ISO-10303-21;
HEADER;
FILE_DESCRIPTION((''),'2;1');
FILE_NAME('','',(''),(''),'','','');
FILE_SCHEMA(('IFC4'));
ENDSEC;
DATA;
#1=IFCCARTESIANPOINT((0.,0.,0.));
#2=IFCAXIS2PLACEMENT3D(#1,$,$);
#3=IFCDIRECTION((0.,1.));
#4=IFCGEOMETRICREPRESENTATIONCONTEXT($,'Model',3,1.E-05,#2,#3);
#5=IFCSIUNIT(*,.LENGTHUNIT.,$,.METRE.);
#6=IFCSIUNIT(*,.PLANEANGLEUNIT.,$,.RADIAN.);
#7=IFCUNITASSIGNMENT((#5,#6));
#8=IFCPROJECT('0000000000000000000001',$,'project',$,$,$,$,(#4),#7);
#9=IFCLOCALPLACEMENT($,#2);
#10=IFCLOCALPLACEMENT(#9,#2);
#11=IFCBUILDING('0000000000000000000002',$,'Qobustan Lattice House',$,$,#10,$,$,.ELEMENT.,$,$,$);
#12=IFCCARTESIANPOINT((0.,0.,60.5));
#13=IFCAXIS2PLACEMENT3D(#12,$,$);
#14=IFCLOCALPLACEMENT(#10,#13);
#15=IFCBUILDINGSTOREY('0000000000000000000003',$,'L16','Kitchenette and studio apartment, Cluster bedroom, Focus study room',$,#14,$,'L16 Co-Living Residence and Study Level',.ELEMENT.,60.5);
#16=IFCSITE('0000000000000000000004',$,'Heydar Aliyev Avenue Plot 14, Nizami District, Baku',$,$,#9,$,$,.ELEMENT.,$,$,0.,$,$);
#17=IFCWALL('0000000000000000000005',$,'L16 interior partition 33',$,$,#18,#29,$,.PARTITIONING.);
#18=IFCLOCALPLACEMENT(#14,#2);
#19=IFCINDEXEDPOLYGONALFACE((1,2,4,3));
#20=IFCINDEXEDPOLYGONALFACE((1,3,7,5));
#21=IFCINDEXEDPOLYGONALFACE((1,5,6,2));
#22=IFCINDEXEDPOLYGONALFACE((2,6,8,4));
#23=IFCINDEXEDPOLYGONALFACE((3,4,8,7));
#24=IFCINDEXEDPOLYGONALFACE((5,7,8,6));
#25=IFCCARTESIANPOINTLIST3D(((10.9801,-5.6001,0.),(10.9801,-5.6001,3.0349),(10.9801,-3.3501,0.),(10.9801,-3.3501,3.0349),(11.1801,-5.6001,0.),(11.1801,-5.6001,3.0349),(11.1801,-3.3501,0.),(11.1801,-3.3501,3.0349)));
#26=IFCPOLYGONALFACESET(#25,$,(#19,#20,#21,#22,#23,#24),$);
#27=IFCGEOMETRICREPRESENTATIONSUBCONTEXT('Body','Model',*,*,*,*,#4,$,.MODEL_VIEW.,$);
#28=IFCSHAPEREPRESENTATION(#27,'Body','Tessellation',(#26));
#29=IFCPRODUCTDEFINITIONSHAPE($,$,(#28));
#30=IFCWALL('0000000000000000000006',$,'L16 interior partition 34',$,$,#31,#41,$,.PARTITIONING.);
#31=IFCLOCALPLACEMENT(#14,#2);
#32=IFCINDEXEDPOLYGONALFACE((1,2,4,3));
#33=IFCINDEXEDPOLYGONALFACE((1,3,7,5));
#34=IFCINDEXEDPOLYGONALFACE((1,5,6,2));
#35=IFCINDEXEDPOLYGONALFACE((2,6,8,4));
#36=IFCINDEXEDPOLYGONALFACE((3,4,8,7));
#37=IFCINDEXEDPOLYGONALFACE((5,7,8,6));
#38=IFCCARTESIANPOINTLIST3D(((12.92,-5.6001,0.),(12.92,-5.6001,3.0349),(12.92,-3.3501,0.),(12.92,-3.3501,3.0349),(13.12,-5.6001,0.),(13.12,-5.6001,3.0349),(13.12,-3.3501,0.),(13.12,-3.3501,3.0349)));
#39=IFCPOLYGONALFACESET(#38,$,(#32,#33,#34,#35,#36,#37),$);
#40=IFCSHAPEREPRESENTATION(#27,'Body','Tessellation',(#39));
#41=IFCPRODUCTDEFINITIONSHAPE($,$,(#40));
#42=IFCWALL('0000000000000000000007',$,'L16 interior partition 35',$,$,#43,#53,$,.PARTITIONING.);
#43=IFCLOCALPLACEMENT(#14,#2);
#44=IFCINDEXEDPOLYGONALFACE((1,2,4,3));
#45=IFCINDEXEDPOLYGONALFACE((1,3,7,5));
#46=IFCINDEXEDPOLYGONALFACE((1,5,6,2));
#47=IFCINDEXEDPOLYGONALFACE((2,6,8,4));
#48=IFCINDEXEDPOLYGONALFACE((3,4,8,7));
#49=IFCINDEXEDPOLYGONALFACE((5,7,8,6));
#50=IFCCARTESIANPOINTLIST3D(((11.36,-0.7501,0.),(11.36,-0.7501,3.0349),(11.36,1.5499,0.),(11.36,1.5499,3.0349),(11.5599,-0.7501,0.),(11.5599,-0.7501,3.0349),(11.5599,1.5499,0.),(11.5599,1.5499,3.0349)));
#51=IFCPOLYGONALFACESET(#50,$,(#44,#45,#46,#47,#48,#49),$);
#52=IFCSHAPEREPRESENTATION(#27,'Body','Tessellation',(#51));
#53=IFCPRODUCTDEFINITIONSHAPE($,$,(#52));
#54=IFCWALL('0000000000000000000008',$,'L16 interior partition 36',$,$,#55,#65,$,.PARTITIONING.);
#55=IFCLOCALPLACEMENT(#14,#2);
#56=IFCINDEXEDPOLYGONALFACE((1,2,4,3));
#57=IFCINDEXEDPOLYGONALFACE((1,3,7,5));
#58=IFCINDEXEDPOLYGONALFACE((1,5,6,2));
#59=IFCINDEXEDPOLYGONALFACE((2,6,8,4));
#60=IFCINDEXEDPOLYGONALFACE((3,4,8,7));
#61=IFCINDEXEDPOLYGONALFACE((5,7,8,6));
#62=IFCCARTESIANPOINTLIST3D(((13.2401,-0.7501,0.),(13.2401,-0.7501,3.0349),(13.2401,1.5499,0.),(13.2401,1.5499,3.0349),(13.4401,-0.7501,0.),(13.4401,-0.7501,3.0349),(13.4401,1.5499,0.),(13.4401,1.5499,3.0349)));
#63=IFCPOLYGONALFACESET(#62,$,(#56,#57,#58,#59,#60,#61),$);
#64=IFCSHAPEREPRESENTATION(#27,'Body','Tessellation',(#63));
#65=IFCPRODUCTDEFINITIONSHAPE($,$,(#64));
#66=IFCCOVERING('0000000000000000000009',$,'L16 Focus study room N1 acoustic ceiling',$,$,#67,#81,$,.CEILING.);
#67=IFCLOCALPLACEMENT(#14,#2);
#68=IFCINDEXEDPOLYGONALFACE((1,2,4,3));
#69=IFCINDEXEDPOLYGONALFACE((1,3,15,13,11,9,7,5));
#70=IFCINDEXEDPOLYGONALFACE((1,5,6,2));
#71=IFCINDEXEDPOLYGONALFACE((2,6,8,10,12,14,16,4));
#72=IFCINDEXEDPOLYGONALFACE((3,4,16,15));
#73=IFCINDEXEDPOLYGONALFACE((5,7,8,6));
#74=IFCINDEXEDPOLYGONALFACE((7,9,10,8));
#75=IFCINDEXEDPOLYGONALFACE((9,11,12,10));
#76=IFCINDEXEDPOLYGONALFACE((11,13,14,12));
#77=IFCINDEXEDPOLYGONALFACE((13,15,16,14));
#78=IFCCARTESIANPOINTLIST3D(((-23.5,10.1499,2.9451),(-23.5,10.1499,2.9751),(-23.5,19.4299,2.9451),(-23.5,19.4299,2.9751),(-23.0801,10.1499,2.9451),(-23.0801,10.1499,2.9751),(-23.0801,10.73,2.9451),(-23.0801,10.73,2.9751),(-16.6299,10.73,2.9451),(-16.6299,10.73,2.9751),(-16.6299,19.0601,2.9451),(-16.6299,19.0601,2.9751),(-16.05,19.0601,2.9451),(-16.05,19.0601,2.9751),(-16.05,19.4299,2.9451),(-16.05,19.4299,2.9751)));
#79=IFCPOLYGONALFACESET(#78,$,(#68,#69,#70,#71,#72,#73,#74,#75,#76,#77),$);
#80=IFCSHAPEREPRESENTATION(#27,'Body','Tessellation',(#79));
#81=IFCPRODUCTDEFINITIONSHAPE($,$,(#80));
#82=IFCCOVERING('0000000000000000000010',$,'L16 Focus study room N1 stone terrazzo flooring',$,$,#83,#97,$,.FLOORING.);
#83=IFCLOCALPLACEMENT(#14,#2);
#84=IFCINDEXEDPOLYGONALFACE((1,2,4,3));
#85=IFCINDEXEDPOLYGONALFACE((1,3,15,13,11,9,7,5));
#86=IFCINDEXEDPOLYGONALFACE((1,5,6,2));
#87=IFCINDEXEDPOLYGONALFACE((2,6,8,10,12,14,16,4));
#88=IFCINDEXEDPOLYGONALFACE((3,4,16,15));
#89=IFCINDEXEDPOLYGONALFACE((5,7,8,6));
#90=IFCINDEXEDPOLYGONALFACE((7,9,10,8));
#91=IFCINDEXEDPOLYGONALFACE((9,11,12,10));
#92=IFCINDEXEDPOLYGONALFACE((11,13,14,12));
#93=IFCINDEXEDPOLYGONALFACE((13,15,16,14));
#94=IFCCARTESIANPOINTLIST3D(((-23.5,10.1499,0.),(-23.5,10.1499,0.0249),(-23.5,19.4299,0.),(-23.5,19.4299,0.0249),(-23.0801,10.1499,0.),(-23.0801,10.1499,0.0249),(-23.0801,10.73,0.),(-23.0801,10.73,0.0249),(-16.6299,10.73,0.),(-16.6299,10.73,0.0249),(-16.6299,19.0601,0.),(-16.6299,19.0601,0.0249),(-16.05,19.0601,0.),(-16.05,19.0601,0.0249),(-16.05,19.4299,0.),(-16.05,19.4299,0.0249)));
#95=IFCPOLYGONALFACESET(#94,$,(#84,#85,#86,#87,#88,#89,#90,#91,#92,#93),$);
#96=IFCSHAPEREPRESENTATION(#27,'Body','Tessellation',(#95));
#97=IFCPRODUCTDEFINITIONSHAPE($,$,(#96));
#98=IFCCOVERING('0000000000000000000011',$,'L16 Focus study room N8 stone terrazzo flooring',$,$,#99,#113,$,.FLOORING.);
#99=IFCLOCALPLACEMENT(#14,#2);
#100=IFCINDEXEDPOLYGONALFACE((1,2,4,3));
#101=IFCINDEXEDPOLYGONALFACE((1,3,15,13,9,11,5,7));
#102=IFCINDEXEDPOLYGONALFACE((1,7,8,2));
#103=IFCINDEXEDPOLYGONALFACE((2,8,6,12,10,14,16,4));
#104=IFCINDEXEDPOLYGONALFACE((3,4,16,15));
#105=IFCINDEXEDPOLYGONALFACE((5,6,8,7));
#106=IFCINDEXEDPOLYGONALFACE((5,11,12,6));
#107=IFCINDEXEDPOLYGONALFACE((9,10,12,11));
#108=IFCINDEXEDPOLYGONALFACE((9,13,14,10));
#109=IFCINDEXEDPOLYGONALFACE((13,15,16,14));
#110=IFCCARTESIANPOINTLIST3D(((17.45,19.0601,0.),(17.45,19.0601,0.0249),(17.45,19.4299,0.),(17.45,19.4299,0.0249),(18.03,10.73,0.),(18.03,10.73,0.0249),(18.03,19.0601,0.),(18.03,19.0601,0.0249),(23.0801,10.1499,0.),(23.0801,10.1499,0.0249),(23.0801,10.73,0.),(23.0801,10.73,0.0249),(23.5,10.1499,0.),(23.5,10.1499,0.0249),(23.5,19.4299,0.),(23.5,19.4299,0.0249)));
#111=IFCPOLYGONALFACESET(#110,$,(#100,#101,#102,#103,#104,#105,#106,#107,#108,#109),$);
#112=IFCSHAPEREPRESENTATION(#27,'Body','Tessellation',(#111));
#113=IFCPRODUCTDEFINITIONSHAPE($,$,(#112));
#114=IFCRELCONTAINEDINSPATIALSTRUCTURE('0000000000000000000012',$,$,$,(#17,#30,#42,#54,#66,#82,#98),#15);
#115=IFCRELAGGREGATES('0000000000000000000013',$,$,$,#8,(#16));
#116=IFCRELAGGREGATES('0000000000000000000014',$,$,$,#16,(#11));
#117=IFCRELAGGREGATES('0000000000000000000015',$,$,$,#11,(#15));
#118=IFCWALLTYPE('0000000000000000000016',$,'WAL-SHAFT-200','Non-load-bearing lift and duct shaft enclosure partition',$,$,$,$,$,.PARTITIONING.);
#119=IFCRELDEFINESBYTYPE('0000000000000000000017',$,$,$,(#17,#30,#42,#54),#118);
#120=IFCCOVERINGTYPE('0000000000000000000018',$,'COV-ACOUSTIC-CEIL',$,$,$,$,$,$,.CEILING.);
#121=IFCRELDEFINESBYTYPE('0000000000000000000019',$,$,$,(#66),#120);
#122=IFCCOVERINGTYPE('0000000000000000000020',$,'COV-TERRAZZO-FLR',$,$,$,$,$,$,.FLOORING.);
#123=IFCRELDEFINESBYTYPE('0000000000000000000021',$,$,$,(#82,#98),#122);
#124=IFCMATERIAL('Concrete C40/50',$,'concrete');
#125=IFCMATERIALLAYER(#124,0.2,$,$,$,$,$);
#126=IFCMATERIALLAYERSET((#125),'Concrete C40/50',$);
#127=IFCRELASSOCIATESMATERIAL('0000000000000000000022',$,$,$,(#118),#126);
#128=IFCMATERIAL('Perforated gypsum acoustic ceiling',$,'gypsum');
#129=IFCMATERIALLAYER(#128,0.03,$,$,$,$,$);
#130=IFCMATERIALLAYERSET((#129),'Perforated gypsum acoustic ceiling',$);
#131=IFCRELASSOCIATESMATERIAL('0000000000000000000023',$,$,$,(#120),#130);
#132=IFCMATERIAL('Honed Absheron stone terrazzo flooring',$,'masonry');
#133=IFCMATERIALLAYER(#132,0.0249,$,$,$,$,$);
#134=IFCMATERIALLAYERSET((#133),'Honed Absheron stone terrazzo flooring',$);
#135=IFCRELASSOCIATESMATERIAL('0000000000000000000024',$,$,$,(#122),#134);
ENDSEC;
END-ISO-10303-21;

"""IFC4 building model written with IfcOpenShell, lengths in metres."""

from ifc_helpers import new_model, si_unit, direction, frame, frame_2d, origin, place, context, subcontext, project, spatial, polyline, rectangle, outline, extrude, material, layer, layer_set, type_object, element, save


model = new_model("IFC4")

# Units and contexts
model_context = context("Model", 3, precision=1e-05, world=origin(), true_north=direction((0.0, 1.0)))
body_context = subcontext(model_context, "Body", "Model", "MODEL_VIEW")
ifc_project = project(units=[si_unit("LENGTHUNIT", "METRE"), si_unit("PLANEANGLEUNIT", "RADIAN")], contexts=[model_context])

# Site, building, storey
site_placement = place(None, origin())
site = spatial("IfcSite", under=ifc_project, at=site_placement, Name="Heydar Aliyev Avenue Plot 14, Nizami District, Baku", CompositionType="ELEMENT", RefElevation=0.0)
building_placement = place(site_placement, origin())
building = spatial("IfcBuilding", under=site, at=building_placement, Name="Qobustan Lattice House", CompositionType="ELEMENT")
storey_placement = place(building_placement, frame((0.0, 0.0, 60.5)))
storey = spatial("IfcBuildingStorey", under=building, at=storey_placement, Name="L16", Description="Kitchenette and studio apartment, Cluster bedroom, Focus study room", LongName="L16 Co-Living Residence and Study Level", CompositionType="ELEMENT", Elevation=60.5)

# Walls
ifc_material_1 = material(Name="Concrete C40/50", Category="concrete")
ifc_layer_1 = layer(ifc_material_1, 0.2)
ifc_layer_set_1 = layer_set([ifc_layer_1], Name="Concrete C40/50")
wall_type_1 = type_object("IfcWallType", Name="WAL-SHAFT-200", Description="Non-load-bearing lift and duct shaft enclosure partition", PredefinedType="PARTITIONING", material=ifc_layer_set_1)
for number, where, z_axis, x_axis, name in (
    (1, (11.0801, -5.6001, 0.0), (0.0, 0.0, 1.0), (0.0, 1.0, 0.0), "L16 interior partition 33"),
    (2, (13.02, -5.6001, 0.0), (0.0, 0.0, 1.0), (0.0, 1.0, 0.0), "L16 interior partition 34"),
):
    element("IfcWall", number, at=place(storey_placement, frame(where, z_axis=z_axis, x_axis=x_axis)), inside=storey, type_object=wall_type_1, Name=name, PredefinedType="PARTITIONING", context=body_context, shape_type="SweptSolid", body=[
        extrude(rectangle(XDim=2.25, YDim=0.2, at=frame_2d((1.125, 0.0))), origin(), (0.0, 0.0, 1.0), 3.0349),
    ])
for number, where, z_axis, x_axis, name in (
    (3, (11.46, -0.75, 0.0), (0.0, 0.0, 1.0), (0.0, 1.0, 0.0), "L16 interior partition 35"),
    (4, (13.3401, -0.75, 0.0), (0.0, 0.0, 1.0), (0.0, 1.0, 0.0), "L16 interior partition 36"),
):
    element("IfcWall", number, at=place(storey_placement, frame(where, z_axis=z_axis, x_axis=x_axis)), inside=storey, type_object=wall_type_1, Name=name, PredefinedType="PARTITIONING", context=body_context, shape_type="SweptSolid", body=[
        extrude(rectangle(XDim=2.3, YDim=0.2, at=frame_2d((1.1499, 0.0))), origin(), (0.0, 0.0, 1.0), 3.0349),
    ])

# Coverings
ifc_material_2 = material(Name="Perforated gypsum acoustic ceiling", Category="gypsum")
ifc_layer_2 = layer(ifc_material_2, 0.03)
ifc_layer_set_2 = layer_set([ifc_layer_2], Name="Perforated gypsum acoustic ceiling")
covering_type_1 = type_object("IfcCoveringType", Name="COV-ACOUSTIC-CEIL", PredefinedType="CEILING", material=ifc_layer_set_2)
covering_1_placement = place(storey_placement, frame((0.0, 0.0, 2.9451)))
element("IfcCovering", 5, at=covering_1_placement, inside=storey, type_object=covering_type_1, Name="L16 Focus study room N1 acoustic ceiling", PredefinedType="CEILING", context=body_context, shape_type="SweptSolid", body=[
    extrude(outline(polyline([(-16.05, 19.4299), (-23.5, 19.4299), (-23.5, 10.1499), (-23.0801, 10.1499), (-23.0801, 10.73), (-16.6299, 10.73), (-16.6299, 19.0601), (-16.05, 19.0601), (-16.05, 19.4299)])), origin(), (0.0, 0.0, 1.0), 0.03),
])
ifc_material_3 = material(Name="Honed Absheron stone terrazzo flooring", Category="masonry")
ifc_layer_3 = layer(ifc_material_3, 0.0249)
ifc_layer_set_3 = layer_set([ifc_layer_3], Name="Honed Absheron stone terrazzo flooring")
covering_type_2 = type_object("IfcCoveringType", Name="COV-TERRAZZO-FLR", PredefinedType="FLOORING", material=ifc_layer_set_3)
covering_2_placement = place(storey_placement, origin())
element("IfcCovering", 6, at=covering_2_placement, inside=storey, type_object=covering_type_2, Name="L16 Focus study room N1 stone terrazzo flooring", PredefinedType="FLOORING", context=body_context, shape_type="SweptSolid", body=[
    extrude(outline(polyline([(-16.05, 19.4299), (-23.5, 19.4299), (-23.5, 10.1499), (-23.0801, 10.1499), (-23.0801, 10.73), (-16.6299, 10.73), (-16.6299, 19.0601), (-16.05, 19.0601), (-16.05, 19.4299)])), origin(), (0.0, 0.0, 1.0), 0.0249),
])
covering_3_placement = place(storey_placement, origin())
element("IfcCovering", 7, at=covering_3_placement, inside=storey, type_object=covering_type_2, Name="L16 Focus study room N8 stone terrazzo flooring", PredefinedType="FLOORING", context=body_context, shape_type="SweptSolid", body=[
    extrude(outline(polyline([(17.45, 19.4299), (17.45, 19.0601), (18.03, 19.0601), (18.03, 10.73), (23.0801, 10.73), (23.0801, 10.1499), (23.5, 10.1499), (23.5, 19.4299), (17.45, 19.4299)])), origin(), (0.0, 0.0, 1.0), 0.0249),
])

save(model, "model.ifc")
